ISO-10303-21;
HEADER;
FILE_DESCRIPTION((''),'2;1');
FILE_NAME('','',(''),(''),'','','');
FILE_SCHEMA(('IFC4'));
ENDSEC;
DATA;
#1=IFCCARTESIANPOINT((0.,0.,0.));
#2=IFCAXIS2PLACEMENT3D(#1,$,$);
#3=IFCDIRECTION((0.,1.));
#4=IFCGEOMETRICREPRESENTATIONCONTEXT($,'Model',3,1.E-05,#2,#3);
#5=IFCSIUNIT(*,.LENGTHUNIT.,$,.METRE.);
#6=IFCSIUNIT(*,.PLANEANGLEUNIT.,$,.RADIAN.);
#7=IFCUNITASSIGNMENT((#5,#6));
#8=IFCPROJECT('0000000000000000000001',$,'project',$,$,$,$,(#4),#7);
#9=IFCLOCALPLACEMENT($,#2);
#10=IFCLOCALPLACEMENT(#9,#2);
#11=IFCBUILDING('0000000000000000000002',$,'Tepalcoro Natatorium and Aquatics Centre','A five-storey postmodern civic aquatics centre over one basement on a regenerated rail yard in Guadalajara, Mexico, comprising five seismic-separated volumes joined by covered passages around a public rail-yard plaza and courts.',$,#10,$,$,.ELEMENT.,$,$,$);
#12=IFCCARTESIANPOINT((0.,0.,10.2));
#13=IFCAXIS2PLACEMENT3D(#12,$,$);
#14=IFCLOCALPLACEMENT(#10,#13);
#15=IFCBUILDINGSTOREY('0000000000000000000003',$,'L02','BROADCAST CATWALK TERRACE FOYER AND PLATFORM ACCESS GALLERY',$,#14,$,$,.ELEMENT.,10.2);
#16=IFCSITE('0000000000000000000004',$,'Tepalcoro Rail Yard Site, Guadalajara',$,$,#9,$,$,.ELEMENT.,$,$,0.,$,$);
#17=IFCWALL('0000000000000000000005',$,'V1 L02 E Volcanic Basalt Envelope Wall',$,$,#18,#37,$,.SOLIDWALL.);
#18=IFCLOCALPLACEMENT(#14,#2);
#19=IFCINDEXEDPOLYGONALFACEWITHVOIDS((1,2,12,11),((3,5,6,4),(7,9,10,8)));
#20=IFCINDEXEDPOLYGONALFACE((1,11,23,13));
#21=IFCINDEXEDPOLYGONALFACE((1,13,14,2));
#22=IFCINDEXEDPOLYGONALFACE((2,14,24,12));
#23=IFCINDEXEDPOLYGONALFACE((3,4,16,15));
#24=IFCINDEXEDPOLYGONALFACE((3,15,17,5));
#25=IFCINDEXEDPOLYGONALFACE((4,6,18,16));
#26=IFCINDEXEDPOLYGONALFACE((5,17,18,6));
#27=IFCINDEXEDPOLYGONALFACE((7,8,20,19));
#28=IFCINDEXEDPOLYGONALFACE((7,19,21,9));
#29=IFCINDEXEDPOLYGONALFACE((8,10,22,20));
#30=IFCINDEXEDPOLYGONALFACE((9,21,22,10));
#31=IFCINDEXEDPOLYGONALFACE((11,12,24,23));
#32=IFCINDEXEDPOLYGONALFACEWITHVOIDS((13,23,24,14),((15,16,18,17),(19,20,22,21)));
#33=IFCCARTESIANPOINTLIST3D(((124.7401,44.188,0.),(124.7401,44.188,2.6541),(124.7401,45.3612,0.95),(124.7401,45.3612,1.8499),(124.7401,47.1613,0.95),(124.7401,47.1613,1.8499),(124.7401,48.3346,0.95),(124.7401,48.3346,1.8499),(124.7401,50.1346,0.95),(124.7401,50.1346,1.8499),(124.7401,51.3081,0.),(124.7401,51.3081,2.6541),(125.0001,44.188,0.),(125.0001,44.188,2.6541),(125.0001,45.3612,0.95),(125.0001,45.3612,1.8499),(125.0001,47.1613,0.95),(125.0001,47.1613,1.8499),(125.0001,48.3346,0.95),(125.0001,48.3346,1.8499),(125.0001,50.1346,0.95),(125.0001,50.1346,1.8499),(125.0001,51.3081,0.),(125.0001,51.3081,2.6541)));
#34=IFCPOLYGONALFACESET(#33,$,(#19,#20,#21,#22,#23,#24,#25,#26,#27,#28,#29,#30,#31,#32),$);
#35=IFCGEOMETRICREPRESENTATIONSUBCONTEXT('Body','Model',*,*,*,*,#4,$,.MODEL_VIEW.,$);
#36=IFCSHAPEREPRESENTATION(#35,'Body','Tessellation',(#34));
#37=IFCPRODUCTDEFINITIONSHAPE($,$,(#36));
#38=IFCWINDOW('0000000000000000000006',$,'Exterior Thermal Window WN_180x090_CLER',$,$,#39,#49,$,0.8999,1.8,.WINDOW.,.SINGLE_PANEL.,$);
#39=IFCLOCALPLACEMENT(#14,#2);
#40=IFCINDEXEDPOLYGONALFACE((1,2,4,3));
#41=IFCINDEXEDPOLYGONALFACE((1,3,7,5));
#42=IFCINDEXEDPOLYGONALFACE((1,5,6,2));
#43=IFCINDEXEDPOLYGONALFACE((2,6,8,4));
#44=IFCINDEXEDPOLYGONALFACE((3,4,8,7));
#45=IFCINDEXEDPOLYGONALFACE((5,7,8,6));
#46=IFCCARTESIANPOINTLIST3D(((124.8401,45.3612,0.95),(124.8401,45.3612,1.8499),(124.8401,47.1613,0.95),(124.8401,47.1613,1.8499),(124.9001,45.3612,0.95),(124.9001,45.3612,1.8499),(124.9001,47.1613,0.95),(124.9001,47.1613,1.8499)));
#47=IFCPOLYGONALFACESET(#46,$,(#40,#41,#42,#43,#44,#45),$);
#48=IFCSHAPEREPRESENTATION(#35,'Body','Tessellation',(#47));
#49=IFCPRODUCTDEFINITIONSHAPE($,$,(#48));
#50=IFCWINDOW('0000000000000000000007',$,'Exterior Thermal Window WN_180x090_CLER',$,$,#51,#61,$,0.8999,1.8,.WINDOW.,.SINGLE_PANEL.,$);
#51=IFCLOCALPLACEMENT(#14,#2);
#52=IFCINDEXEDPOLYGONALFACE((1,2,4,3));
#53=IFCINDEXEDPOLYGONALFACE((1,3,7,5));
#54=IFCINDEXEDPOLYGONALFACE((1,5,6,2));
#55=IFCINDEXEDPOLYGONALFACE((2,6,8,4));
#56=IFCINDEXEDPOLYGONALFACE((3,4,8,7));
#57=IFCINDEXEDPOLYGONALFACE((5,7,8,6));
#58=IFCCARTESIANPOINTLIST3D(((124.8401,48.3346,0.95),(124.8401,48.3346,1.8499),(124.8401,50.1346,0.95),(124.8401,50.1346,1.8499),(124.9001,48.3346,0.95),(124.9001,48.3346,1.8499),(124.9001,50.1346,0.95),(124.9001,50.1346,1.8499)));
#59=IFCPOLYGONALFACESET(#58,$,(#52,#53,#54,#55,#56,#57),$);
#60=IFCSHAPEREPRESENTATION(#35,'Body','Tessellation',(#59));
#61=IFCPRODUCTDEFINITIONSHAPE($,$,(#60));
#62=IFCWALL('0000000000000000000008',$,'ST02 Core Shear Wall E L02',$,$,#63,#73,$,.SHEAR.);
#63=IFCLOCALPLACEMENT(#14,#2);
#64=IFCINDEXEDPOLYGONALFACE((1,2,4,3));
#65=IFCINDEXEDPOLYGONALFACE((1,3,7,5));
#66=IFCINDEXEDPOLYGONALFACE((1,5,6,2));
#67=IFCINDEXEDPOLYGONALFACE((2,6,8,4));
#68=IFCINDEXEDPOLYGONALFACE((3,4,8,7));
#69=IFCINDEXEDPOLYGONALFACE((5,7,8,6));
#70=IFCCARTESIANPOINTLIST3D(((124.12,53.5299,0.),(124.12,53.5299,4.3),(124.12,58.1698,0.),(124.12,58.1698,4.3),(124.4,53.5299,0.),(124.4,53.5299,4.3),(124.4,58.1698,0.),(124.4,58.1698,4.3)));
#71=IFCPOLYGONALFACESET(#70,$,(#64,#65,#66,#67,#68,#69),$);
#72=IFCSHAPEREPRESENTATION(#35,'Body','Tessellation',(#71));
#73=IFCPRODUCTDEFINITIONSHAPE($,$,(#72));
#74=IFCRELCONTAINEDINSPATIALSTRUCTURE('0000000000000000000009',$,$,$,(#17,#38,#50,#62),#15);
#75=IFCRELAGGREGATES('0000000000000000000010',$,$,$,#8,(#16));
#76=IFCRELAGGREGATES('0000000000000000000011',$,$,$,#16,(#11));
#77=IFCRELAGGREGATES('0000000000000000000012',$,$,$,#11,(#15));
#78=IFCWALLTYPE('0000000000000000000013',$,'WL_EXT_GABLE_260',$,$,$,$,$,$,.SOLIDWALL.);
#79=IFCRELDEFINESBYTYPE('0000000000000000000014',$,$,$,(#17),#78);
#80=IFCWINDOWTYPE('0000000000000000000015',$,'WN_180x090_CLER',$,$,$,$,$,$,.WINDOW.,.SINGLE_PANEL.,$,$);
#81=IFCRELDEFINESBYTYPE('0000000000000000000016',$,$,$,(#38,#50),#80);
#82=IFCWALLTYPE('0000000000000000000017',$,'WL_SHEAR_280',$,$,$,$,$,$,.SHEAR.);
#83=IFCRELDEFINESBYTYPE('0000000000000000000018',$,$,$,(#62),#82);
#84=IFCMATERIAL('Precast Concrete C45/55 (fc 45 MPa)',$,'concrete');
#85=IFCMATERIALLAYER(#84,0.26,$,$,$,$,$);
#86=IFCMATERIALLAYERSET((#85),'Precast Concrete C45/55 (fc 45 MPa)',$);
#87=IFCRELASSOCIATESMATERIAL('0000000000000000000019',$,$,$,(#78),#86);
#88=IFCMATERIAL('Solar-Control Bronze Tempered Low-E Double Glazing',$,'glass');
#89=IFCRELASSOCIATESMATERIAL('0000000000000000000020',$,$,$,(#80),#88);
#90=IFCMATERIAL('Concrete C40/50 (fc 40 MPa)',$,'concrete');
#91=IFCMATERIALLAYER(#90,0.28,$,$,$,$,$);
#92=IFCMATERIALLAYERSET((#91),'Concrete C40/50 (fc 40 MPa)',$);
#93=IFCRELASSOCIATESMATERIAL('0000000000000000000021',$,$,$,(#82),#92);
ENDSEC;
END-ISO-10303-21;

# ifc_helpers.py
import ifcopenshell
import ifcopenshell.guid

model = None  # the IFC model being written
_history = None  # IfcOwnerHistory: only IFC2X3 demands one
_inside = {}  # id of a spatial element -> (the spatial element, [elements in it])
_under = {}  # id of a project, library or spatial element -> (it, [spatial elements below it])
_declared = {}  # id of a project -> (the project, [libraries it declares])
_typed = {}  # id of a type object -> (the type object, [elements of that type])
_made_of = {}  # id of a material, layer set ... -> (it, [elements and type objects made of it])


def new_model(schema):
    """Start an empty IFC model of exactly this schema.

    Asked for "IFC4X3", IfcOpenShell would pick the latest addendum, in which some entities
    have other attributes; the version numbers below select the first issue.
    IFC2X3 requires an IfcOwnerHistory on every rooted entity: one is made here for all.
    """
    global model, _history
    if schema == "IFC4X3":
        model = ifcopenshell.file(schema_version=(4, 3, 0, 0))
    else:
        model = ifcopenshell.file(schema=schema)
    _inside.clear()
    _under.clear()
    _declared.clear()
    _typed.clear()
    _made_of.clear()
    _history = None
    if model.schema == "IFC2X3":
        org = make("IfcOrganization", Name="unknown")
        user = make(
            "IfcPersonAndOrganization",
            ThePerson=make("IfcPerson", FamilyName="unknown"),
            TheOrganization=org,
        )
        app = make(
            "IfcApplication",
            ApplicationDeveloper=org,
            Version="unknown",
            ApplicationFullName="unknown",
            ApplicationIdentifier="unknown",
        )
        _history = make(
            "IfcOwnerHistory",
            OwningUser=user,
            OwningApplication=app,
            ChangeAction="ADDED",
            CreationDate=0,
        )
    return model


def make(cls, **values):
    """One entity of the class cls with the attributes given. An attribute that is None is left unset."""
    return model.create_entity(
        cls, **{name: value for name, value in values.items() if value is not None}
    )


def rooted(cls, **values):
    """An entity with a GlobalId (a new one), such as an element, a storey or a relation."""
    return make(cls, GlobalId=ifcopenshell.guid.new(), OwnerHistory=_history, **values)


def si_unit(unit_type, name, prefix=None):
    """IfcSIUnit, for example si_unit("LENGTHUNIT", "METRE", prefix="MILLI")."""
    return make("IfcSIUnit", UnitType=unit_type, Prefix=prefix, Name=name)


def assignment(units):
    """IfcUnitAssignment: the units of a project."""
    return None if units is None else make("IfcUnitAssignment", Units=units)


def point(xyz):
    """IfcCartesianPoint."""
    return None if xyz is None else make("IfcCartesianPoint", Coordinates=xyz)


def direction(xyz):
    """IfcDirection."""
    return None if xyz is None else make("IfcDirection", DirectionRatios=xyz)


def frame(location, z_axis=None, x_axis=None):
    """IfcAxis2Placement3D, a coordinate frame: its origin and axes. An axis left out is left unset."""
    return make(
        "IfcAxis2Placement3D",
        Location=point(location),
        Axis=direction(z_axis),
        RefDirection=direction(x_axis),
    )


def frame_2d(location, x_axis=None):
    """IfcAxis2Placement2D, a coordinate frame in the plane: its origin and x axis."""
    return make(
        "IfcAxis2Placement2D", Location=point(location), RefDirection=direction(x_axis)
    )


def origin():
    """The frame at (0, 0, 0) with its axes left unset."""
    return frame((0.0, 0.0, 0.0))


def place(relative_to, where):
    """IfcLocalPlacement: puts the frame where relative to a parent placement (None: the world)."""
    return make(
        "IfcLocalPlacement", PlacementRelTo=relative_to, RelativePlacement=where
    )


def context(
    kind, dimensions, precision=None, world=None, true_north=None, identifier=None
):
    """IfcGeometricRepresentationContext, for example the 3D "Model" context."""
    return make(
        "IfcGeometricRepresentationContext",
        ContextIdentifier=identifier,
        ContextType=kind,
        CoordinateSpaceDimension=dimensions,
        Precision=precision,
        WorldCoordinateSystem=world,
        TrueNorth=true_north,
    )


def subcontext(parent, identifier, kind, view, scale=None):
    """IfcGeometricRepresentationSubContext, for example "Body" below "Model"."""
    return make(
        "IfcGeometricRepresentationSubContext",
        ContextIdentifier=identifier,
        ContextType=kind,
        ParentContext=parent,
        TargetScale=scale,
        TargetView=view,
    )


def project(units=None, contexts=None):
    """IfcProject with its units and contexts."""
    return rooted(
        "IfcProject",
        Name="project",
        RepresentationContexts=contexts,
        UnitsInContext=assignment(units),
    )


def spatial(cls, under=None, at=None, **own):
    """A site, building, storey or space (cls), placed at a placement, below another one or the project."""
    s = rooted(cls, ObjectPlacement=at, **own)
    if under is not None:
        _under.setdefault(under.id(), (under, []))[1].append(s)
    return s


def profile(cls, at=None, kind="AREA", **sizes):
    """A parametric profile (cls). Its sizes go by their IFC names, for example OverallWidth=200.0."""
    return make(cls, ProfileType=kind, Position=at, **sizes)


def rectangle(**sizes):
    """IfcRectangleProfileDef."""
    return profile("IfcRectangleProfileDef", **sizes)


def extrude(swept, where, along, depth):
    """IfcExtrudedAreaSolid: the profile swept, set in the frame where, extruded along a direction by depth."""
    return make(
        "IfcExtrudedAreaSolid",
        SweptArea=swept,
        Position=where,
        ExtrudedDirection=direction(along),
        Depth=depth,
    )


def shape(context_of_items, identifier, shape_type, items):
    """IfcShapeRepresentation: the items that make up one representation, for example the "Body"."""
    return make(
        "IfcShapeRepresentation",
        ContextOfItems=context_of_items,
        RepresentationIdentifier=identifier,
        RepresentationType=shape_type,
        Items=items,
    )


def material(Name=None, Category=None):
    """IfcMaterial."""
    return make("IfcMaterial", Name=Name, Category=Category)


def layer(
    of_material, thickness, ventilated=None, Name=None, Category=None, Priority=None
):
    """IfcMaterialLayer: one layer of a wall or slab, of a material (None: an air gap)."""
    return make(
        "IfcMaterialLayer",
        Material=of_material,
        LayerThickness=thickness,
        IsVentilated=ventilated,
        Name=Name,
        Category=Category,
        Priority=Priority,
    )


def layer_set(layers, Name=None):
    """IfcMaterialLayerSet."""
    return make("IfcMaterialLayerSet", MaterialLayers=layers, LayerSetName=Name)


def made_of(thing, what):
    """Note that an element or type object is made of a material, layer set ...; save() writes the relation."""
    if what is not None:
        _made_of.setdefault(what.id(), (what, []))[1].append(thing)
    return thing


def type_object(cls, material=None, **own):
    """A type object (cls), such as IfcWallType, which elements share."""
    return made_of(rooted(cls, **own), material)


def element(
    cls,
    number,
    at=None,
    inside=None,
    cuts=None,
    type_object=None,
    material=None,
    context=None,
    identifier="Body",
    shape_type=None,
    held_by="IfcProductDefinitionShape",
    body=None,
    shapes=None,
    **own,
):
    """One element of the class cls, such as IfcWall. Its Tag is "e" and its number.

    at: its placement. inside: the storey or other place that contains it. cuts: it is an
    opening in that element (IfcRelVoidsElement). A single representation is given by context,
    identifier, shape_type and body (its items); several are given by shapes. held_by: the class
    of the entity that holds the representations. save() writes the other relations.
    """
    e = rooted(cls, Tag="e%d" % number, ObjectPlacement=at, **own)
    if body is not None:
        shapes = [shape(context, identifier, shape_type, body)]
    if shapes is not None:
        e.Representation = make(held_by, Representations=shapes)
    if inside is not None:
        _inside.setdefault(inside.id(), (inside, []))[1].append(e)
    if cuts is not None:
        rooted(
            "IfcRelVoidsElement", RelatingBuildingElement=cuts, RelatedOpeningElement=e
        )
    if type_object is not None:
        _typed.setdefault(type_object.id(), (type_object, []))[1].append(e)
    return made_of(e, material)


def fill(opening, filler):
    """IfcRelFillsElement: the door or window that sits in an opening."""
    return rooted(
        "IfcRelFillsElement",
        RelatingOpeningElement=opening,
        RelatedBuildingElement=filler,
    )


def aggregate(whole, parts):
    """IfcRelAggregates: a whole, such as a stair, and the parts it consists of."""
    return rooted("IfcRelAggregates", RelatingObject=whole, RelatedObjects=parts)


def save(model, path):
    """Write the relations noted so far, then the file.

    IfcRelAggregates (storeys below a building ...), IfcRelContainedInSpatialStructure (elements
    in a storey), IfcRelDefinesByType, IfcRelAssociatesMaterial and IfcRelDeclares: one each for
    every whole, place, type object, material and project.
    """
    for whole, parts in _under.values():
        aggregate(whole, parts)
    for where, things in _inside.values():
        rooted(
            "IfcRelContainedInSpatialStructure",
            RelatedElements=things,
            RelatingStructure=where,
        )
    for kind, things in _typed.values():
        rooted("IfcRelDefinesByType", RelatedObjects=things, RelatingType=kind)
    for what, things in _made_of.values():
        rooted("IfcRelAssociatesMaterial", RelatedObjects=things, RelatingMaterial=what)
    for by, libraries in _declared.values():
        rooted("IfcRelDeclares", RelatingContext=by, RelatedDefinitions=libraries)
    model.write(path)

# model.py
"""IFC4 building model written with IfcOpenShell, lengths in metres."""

from ifc_helpers import new_model, si_unit, direction, frame, frame_2d, origin, place, context, subcontext, project, spatial, rectangle, extrude, material, layer, layer_set, type_object, element, fill, save


model = new_model("IFC4")

# Units and contexts
model_context = context("Model", 3, precision=1e-05, world=origin(), true_north=direction((0.0, 1.0)))
body_context = subcontext(model_context, "Body", "Model", "MODEL_VIEW")
ifc_project = project(units=[si_unit("LENGTHUNIT", "METRE"), si_unit("PLANEANGLEUNIT", "RADIAN")], contexts=[model_context])

# Site, building, storey
site_placement = place(None, origin())
site = spatial("IfcSite", under=ifc_project, at=site_placement, Name="Tepalcoro Rail Yard Site, Guadalajara", CompositionType="ELEMENT", RefElevation=0.0)
building_placement = place(site_placement, origin())
building = spatial("IfcBuilding", under=site, at=building_placement, Name="Tepalcoro Natatorium and Aquatics Centre", Description="A five-storey postmodern civic aquatics centre over one basement on a regenerated rail yard in Guadalajara, Mexico, comprising five seismic-separated volumes joined by covered passages around a public rail-yard plaza and courts.", CompositionType="ELEMENT")
storey_placement = place(building_placement, frame((0.0, 0.0, 10.2)))
storey = spatial("IfcBuildingStorey", under=building, at=storey_placement, Name="L02", Description="BROADCAST CATWALK TERRACE FOYER AND PLATFORM ACCESS GALLERY", CompositionType="ELEMENT", Elevation=10.2)

# Shared definitions
ifc_material_1 = material(Name="Solar-Control Bronze Tempered Low-E Double Glazing", Category="glass")

# Wall, openings, windows
ifc_material_2 = material(Name="Precast Concrete C45/55 (fc 45 MPa)", Category="concrete")
ifc_layer_1 = layer(ifc_material_2, 0.26)
ifc_layer_set_1 = layer_set([ifc_layer_1], Name="Precast Concrete C45/55 (fc 45 MPa)")
wall_type_1 = type_object("IfcWallType", Name="WL_EXT_GABLE_260", PredefinedType="SOLIDWALL", material=ifc_layer_set_1)
wall_1_placement = place(storey_placement, frame((124.8701, 44.188, 0.0), z_axis=(0.0, 0.0, 1.0), x_axis=(0.0, 1.0, 0.0)))
wall_1 = element("IfcWall", 1, at=wall_1_placement, inside=storey, type_object=wall_type_1, Name="V1 L02 E Volcanic Basalt Envelope Wall", PredefinedType="SOLIDWALL", context=body_context, shape_type="SweptSolid", body=[
    extrude(rectangle(XDim=7.1201, YDim=0.26, at=frame_2d((3.5601, 0.0))), origin(), (0.0, 0.0, 1.0), 2.6541),
])
opening_1_placement = place(wall_1_placement, frame((1.1733, 0.0, 0.95)))
opening_1 = element("IfcOpeningElement", 2, at=opening_1_placement, cuts=wall_1, PredefinedType="OPENING", context=body_context, shape_type="SweptSolid", body=[
    extrude(rectangle(XDim=1.8, YDim=0.8999, at=frame_2d((0.8999, 0.45))), frame((0.0, 0.1421, 0.0), z_axis=(0.0, -1.0, 0.0), x_axis=(1.0, 0.0, 0.0)), (0.0, 0.0, 1.0), 0.2839),
])
opening_2_placement = place(wall_1_placement, frame((4.1467, 0.0, 0.95)))
opening_2 = element("IfcOpeningElement", 3, at=opening_2_placement, cuts=wall_1, PredefinedType="OPENING", context=body_context, shape_type="SweptSolid", body=[
    extrude(rectangle(XDim=1.8, YDim=0.8999, at=frame_2d((0.8999, 0.45))), frame((0.0, 0.1421, 0.0), z_axis=(0.0, -1.0, 0.0), x_axis=(1.0, 0.0, 0.0)), (0.0, 0.0, 1.0), 0.2839),
])
window_type = type_object("IfcWindowType", Name="WN_180x090_CLER", PartitioningType="SINGLE_PANEL", PredefinedType="WINDOW", material=ifc_material_1)
window_1_placement = place(opening_1_placement, origin())
window_1 = element("IfcWindow", 4, at=window_1_placement, inside=storey, type_object=window_type, Name="Exterior Thermal Window WN_180x090_CLER", OverallHeight=0.8999, OverallWidth=1.8, PartitioningType="SINGLE_PANEL", PredefinedType="WINDOW", context=body_context, shape_type="SweptSolid", body=[
    extrude(rectangle(XDim=1.8, YDim=0.8999, at=frame_2d((0.8999, 0.45))), frame((0.0, 0.03, 0.0), z_axis=(0.0, -1.0, 0.0), x_axis=(1.0, 0.0, 0.0)), (0.0, 0.0, 1.0), 0.0601),
])
fill(opening_1, window_1)
window_2_placement = place(opening_2_placement, origin())
window_2 = element("IfcWindow", 5, at=window_2_placement, inside=storey, type_object=window_type, Name="Exterior Thermal Window WN_180x090_CLER", OverallHeight=0.8999, OverallWidth=1.8, PartitioningType="SINGLE_PANEL", PredefinedType="WINDOW", context=body_context, shape_type="SweptSolid", body=[
    extrude(rectangle(XDim=1.8, YDim=0.8999, at=frame_2d((0.8999, 0.45))), frame((0.0, 0.03, 0.0), z_axis=(0.0, -1.0, 0.0), x_axis=(1.0, 0.0, 0.0)), (0.0, 0.0, 1.0), 0.0601),
])
fill(opening_2, window_2)

# Wall
ifc_material_3 = material(Name="Concrete C40/50 (fc 40 MPa)", Category="concrete")
ifc_layer_2 = layer(ifc_material_3, 0.28)
ifc_layer_set_2 = layer_set([ifc_layer_2], Name="Concrete C40/50 (fc 40 MPa)")
wall_type_2 = type_object("IfcWallType", Name="WL_SHEAR_280", PredefinedType="SHEAR", material=ifc_layer_set_2)
wall_2_placement = place(storey_placement, frame((124.26, 53.53, 0.0), z_axis=(0.0, 0.0, 1.0), x_axis=(0.0, 1.0, 0.0)))
element("IfcWall", 6, at=wall_2_placement, inside=storey, type_object=wall_type_2, Name="ST02 Core Shear Wall E L02", PredefinedType="SHEAR", context=body_context, shape_type="SweptSolid", body=[
    extrude(rectangle(XDim=4.6399, YDim=0.28, at=frame_2d((2.3198, 0.0))), origin(), (0.0, 0.0, 1.0), 4.3),
])

save(model, "model.ifc")
